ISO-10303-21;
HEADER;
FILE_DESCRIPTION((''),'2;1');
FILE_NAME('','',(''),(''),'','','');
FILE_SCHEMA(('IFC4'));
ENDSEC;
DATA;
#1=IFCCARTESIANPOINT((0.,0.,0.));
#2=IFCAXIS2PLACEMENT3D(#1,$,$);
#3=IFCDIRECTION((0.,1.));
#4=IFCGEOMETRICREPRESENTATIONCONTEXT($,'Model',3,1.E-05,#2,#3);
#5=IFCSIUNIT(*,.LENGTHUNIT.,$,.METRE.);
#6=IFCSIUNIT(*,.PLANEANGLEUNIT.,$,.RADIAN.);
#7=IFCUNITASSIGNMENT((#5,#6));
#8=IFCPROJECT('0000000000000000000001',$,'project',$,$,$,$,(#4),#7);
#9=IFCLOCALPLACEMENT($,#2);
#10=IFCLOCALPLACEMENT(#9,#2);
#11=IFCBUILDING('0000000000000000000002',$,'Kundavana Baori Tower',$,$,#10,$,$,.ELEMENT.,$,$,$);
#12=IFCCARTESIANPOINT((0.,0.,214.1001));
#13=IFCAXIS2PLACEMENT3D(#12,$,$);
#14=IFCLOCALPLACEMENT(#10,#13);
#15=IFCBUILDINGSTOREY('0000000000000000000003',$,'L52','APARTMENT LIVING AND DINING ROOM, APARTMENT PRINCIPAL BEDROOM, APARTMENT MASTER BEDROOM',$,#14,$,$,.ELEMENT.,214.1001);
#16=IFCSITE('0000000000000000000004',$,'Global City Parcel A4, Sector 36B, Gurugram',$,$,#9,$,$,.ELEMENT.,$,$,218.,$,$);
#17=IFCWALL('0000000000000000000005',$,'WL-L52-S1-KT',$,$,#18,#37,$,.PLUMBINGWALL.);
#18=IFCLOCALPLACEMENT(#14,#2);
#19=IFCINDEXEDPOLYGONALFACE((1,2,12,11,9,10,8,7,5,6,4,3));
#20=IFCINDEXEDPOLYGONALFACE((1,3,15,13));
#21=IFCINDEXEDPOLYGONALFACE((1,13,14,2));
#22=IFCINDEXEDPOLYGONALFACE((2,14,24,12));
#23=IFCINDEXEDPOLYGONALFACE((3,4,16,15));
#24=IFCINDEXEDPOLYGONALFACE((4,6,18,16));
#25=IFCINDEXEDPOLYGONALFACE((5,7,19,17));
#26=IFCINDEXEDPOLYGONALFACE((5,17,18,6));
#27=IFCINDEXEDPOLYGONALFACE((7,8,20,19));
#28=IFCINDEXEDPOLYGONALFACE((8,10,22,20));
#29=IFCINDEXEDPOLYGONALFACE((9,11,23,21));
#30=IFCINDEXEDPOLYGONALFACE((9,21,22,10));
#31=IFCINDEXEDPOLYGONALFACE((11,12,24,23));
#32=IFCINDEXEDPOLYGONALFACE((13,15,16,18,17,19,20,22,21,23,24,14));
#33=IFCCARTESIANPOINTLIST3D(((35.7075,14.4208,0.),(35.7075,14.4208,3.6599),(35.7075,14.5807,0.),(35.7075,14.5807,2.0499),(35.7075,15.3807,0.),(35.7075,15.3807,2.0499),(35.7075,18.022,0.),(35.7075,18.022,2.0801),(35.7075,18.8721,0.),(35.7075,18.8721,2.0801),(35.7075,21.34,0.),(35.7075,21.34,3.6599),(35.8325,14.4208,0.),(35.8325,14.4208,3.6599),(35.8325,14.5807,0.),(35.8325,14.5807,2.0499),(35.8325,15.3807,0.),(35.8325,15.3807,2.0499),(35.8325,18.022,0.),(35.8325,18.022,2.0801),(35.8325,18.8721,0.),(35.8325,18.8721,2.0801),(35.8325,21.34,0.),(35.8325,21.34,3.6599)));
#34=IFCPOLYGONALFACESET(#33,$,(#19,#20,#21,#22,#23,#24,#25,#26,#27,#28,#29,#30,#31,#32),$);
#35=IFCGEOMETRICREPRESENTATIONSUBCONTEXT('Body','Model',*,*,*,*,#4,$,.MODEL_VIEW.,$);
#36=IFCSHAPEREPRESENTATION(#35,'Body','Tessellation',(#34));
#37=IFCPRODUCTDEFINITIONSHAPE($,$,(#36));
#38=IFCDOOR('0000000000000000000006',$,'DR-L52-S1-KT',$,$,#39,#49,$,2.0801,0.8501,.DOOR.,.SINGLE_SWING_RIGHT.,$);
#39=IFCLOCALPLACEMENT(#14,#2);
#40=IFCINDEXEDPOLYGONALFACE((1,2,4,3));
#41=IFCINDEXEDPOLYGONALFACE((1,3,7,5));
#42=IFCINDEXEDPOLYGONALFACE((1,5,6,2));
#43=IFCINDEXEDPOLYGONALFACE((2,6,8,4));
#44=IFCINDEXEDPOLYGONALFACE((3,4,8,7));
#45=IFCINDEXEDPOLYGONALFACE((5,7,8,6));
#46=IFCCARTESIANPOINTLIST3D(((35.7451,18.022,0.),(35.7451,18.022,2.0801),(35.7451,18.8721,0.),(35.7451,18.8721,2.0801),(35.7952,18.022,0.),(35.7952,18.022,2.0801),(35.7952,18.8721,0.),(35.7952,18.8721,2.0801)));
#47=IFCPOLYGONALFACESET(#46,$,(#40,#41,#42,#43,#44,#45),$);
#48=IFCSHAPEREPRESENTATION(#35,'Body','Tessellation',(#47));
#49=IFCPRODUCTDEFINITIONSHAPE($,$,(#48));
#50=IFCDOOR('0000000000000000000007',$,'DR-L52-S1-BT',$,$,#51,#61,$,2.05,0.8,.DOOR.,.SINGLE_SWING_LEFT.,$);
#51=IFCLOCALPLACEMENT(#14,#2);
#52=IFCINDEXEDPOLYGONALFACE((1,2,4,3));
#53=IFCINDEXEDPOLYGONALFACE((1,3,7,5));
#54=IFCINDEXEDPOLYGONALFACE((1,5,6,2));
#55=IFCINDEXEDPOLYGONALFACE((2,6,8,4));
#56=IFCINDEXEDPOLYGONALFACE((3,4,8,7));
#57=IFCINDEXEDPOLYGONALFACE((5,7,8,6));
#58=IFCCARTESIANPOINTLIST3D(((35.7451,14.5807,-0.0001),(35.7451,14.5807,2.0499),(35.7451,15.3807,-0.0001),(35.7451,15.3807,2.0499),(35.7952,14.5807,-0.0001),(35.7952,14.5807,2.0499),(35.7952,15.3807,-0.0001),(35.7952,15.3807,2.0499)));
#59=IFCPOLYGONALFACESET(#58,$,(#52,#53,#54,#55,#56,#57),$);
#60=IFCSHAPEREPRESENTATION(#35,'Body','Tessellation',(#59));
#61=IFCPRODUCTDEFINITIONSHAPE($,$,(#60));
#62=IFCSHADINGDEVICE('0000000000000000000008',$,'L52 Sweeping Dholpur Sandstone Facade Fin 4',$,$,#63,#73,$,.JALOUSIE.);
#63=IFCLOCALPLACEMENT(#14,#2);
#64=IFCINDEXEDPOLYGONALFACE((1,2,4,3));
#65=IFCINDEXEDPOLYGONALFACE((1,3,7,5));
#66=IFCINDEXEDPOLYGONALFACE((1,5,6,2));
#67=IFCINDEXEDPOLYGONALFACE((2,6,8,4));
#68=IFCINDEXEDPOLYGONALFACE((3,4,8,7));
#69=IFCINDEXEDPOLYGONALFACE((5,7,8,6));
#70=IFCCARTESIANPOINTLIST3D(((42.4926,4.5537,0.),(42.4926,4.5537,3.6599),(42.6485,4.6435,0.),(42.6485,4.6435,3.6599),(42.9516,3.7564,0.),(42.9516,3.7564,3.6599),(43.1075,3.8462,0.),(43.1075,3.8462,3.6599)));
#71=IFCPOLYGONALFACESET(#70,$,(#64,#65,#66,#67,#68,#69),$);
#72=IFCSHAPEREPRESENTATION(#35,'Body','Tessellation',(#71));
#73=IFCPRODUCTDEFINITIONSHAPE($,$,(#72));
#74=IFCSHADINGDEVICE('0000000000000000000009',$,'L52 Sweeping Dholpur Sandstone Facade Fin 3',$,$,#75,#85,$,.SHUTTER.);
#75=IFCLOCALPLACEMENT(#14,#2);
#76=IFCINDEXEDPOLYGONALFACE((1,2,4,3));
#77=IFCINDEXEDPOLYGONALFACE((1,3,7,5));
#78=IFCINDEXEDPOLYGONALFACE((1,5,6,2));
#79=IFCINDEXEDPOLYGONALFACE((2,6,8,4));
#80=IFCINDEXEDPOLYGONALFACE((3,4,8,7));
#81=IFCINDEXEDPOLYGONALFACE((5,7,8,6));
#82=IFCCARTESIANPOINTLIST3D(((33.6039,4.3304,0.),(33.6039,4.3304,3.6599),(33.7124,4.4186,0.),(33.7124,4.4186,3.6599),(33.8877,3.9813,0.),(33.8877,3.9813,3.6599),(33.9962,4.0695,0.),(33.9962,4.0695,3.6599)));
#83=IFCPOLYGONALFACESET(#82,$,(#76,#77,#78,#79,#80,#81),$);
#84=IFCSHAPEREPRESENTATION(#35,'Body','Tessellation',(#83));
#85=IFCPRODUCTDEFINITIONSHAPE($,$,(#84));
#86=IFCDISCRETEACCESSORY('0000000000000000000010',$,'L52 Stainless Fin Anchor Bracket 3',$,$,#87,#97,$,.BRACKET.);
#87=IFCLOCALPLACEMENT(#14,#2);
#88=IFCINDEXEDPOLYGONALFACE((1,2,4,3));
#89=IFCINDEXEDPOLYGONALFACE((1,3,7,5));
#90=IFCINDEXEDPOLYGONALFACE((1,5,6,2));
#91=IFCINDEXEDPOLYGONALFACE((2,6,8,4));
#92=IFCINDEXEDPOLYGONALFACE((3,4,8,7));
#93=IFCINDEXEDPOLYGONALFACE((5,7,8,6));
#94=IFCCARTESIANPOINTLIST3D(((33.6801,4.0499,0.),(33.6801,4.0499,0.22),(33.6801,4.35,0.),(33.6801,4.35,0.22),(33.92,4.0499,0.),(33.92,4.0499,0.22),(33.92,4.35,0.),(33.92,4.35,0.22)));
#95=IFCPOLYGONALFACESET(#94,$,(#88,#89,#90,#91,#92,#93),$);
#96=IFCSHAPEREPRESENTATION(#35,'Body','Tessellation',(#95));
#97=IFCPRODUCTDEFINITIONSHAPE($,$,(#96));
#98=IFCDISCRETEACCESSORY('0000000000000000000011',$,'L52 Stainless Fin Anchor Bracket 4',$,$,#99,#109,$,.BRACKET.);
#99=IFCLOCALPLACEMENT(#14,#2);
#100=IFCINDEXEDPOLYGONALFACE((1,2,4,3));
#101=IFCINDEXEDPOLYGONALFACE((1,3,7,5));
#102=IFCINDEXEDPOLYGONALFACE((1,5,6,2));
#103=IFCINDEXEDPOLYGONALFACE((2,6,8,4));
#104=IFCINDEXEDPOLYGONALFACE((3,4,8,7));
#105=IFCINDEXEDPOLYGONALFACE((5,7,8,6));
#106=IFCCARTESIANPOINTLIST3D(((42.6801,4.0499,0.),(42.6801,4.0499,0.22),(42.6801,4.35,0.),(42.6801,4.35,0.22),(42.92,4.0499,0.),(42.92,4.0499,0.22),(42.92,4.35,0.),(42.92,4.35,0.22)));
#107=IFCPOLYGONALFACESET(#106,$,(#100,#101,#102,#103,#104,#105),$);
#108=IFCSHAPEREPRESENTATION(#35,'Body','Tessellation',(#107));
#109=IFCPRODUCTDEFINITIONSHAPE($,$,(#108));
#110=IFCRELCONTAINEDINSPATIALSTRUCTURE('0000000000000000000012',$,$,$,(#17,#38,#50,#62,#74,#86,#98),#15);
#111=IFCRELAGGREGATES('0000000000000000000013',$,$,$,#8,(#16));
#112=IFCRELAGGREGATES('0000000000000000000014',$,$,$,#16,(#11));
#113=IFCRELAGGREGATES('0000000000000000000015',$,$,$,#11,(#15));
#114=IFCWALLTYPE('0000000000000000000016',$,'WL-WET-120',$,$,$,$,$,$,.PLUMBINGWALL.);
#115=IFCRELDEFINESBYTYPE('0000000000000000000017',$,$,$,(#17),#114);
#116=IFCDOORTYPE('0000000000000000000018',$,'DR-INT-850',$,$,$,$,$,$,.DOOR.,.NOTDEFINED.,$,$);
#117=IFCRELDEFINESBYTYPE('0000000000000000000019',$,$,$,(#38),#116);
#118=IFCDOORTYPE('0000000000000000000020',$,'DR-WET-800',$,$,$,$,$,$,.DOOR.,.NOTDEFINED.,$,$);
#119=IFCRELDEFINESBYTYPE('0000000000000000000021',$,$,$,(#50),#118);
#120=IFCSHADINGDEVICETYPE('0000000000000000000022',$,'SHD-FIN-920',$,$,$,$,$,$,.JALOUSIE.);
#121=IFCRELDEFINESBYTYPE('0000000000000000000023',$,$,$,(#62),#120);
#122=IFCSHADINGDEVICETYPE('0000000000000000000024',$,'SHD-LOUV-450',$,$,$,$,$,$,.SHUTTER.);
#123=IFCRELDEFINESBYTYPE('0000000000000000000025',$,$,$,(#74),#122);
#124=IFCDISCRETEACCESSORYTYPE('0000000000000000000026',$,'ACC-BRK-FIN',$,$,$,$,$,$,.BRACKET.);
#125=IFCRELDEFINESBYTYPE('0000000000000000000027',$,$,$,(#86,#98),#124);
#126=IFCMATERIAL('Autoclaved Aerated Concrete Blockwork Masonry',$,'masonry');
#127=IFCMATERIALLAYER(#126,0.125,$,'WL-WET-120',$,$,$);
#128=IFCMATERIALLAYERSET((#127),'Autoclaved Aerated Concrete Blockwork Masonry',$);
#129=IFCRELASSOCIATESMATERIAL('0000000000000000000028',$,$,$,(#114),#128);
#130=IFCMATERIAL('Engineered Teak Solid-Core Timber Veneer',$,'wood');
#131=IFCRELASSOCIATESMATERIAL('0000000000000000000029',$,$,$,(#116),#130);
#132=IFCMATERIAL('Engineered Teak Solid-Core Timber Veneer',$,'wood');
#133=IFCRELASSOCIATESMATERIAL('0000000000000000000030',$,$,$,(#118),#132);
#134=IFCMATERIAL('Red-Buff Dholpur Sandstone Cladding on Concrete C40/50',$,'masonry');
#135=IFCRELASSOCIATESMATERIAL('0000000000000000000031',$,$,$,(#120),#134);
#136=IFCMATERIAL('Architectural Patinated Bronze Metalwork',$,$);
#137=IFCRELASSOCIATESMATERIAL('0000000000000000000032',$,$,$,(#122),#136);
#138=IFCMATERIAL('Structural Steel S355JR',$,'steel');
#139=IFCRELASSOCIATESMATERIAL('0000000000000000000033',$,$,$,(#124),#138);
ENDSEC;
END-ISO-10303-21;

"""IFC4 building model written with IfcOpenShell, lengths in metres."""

from ifc_helpers import new_model, si_unit, direction, frame, frame_2d, origin, origin_2d, place, context, subcontext, project, spatial, rectangle, extrude, material, layer, layer_set, type_object, element, fill, save


model = new_model("IFC4")

# Units and contexts
model_context = context("Model", 3, precision=1e-05, world=origin(), true_north=direction((0.0, 1.0)))
body_context = subcontext(model_context, "Body", "Model", "MODEL_VIEW")
ifc_project = project(units=[si_unit("LENGTHUNIT", "METRE"), si_unit("PLANEANGLEUNIT", "RADIAN")], contexts=[model_context])

# Site, building, storey
site_placement = place(None, origin())
site = spatial("IfcSite", under=ifc_project, at=site_placement, Name="Global City Parcel A4, Sector 36B, Gurugram", CompositionType="ELEMENT", RefElevation=218.0)
building_placement = place(site_placement, origin())
building = spatial("IfcBuilding", under=site, at=building_placement, Name="Kundavana Baori Tower", CompositionType="ELEMENT")
storey_placement = place(building_placement, frame((0.0, 0.0, 214.1001)))
storey = spatial("IfcBuildingStorey", under=building, at=storey_placement, Name="L52", Description="APARTMENT LIVING AND DINING ROOM, APARTMENT PRINCIPAL BEDROOM, APARTMENT MASTER BEDROOM", CompositionType="ELEMENT", Elevation=214.1001)

# Wall, openings, doors
ifc_material_1 = material(Name="Autoclaved Aerated Concrete Blockwork Masonry", Category="masonry")
ifc_layer_1 = layer(ifc_material_1, 0.125, Name="WL-WET-120")
ifc_layer_set_1 = layer_set([ifc_layer_1], Name="Autoclaved Aerated Concrete Blockwork Masonry")
wall_type_1 = type_object("IfcWallType", Name="WL-WET-120", PredefinedType="PLUMBINGWALL", material=ifc_layer_set_1)
wall_1_placement = place(storey_placement, frame((35.77, 14.4209, 0.0), z_axis=(0.0, 0.0, 1.0), x_axis=(0.0, 1.0, 0.0)))
wall_1 = element("IfcWall", 1, at=wall_1_placement, inside=storey, type_object=wall_type_1, Name="WL-L52-S1-KT", PredefinedType="PLUMBINGWALL", context=body_context, shape_type="SweptSolid", body=[
    extrude(rectangle(XDim=6.9192, YDim=0.125, at=frame_2d((3.4595, 0.0))), origin(), (0.0, 0.0, 1.0), 3.6599),
])
opening_1_placement = place(wall_1_placement, frame((0.1599, 0.0, 0.0)))
opening_1 = element("IfcOpeningElement", 2, at=opening_1_placement, cuts=wall_1, PredefinedType="OPENING", context=body_context, shape_type="SweptSolid", body=[
    extrude(rectangle(XDim=0.8, YDim=2.05, at=frame_2d((0.3999, 1.0249))), frame((0.0, 0.0725, 0.0), z_axis=(0.0, -1.0, 0.0), x_axis=(1.0, 0.0, 0.0)), (0.0, 0.0, 1.0), 0.145),
])
opening_2_placement = place(wall_1_placement, frame((3.6011, 0.0, 0.0)))
opening_2 = element("IfcOpeningElement", 3, at=opening_2_placement, cuts=wall_1, PredefinedType="OPENING", context=body_context, shape_type="SweptSolid", body=[
    extrude(rectangle(XDim=0.8501, YDim=2.0801, at=frame_2d((0.425, 1.04))), frame((0.0, 0.0725, 0.0), z_axis=(0.0, -1.0, 0.0), x_axis=(1.0, 0.0, 0.0)), (0.0, 0.0, 1.0), 0.145),
])
ifc_material_2 = material(Name="Engineered Teak Solid-Core Timber Veneer", Category="wood")
door_type_1 = type_object("IfcDoorType", Name="DR-INT-850", OperationType="NOTDEFINED", PredefinedType="DOOR", material=ifc_material_2)
door_1_placement = place(opening_2_placement, origin())
door_1 = element("IfcDoor", 4, at=door_1_placement, inside=storey, type_object=door_type_1, Name="DR-L52-S1-KT", OperationType="SINGLE_SWING_RIGHT", OverallHeight=2.0801, OverallWidth=0.8501, PredefinedType="DOOR", context=body_context, shape_type="SweptSolid", body=[
    extrude(rectangle(XDim=0.8501, YDim=2.0801, at=frame_2d((0.425, 1.04))), frame((0.0, 0.0249, 0.0), z_axis=(0.0, -1.0, 0.0), x_axis=(1.0, 0.0, 0.0)), (0.0, 0.0, 1.0), 0.05),
])
fill(opening_2, door_1)
ifc_material_3 = material(Name="Engineered Teak Solid-Core Timber Veneer", Category="wood")
door_type_2 = type_object("IfcDoorType", Name="DR-WET-800", OperationType="NOTDEFINED", PredefinedType="DOOR", material=ifc_material_3)
door_2_placement = place(opening_1_placement, origin())
door_2 = element("IfcDoor", 5, at=door_2_placement, inside=storey, type_object=door_type_2, Name="DR-L52-S1-BT", OperationType="SINGLE_SWING_LEFT", OverallHeight=2.05, OverallWidth=0.8, PredefinedType="DOOR", context=body_context, shape_type="SweptSolid", body=[
    extrude(rectangle(XDim=0.8, YDim=2.05, at=frame_2d((0.3999, 1.0249))), frame((0.0, 0.0249, 0.0), z_axis=(0.0, -1.0, 0.0), x_axis=(1.0, 0.0, 0.0)), (0.0, 0.0, 1.0), 0.05),
])
fill(opening_1, door_2)

# Shading devices
ifc_material_4 = material(Name="Red-Buff Dholpur Sandstone Cladding on Concrete C40/50", Category="masonry")
shading_device_type_1 = type_object("IfcShadingDeviceType", Name="SHD-FIN-920", PredefinedType="JALOUSIE", material=ifc_material_4)
shading_device_1_placement = place(storey_placement, frame((42.8, 4.2, 0.0), z_axis=(0.0, 0.0, 1.0), x_axis=(0.866636, 0.498942, 0.0)))
element("IfcShadingDevice", 6, at=shading_device_1_placement, inside=storey, type_object=shading_device_type_1, Name="L52 Sweeping Dholpur Sandstone Facade Fin 4", PredefinedType="JALOUSIE", context=body_context, shape_type="SweptSolid", body=[
    extrude(rectangle(XDim=0.1799, YDim=0.9199, at=origin_2d()), origin(), (0.0, 0.0, 1.0), 3.6599),
])
ifc_material_5 = material(Name="Architectural Patinated Bronze Metalwork")
shading_device_type_2 = type_object("IfcShadingDeviceType", Name="SHD-LOUV-450", PredefinedType="SHUTTER", material=ifc_material_5)
shading_device_2_placement = place(storey_placement, frame((33.8, 4.2, 0.0), z_axis=(0.0, 0.0, 1.0), x_axis=(0.775936, 0.630811, 0.0)))
element("IfcShadingDevice", 7, at=shading_device_2_placement, inside=storey, type_object=shading_device_type_2, Name="L52 Sweeping Dholpur Sandstone Facade Fin 3", PredefinedType="SHUTTER", context=body_context, shape_type="SweptSolid", body=[
    extrude(rectangle(XDim=0.1399, YDim=0.45, at=origin_2d()), origin(), (0.0, 0.0, 1.0), 3.6599),
])

# Discrete accessories
ifc_material_6 = material(Name="Structural Steel S355JR", Category="steel")
discrete_accessory_type = type_object("IfcDiscreteAccessoryType", Name="ACC-BRK-FIN", PredefinedType="BRACKET", material=ifc_material_6)
for number, where, z_axis, x_axis, name in (
    (8, (33.8, 4.2, 0.0), (0.0, 0.0, 1.0), (1.0, 0.0, 0.0), "L52 Stainless Fin Anchor Bracket 3"),
    (9, (42.8, 4.2, 0.0), (0.0, 0.0, 1.0), (1.0, 0.0, 0.0), "L52 Stainless Fin Anchor Bracket 4"),
):
    element("IfcDiscreteAccessory", number, at=place(storey_placement, frame(where, z_axis=z_axis, x_axis=x_axis)), inside=storey, type_object=discrete_accessory_type, Name=name, PredefinedType="BRACKET", context=body_context, shape_type="SweptSolid", body=[
        extrude(rectangle(XDim=0.24, YDim=0.3, at=origin_2d()), origin(), (0.0, 0.0, 1.0), 0.22),
    ])

save(model, "model.ifc")
